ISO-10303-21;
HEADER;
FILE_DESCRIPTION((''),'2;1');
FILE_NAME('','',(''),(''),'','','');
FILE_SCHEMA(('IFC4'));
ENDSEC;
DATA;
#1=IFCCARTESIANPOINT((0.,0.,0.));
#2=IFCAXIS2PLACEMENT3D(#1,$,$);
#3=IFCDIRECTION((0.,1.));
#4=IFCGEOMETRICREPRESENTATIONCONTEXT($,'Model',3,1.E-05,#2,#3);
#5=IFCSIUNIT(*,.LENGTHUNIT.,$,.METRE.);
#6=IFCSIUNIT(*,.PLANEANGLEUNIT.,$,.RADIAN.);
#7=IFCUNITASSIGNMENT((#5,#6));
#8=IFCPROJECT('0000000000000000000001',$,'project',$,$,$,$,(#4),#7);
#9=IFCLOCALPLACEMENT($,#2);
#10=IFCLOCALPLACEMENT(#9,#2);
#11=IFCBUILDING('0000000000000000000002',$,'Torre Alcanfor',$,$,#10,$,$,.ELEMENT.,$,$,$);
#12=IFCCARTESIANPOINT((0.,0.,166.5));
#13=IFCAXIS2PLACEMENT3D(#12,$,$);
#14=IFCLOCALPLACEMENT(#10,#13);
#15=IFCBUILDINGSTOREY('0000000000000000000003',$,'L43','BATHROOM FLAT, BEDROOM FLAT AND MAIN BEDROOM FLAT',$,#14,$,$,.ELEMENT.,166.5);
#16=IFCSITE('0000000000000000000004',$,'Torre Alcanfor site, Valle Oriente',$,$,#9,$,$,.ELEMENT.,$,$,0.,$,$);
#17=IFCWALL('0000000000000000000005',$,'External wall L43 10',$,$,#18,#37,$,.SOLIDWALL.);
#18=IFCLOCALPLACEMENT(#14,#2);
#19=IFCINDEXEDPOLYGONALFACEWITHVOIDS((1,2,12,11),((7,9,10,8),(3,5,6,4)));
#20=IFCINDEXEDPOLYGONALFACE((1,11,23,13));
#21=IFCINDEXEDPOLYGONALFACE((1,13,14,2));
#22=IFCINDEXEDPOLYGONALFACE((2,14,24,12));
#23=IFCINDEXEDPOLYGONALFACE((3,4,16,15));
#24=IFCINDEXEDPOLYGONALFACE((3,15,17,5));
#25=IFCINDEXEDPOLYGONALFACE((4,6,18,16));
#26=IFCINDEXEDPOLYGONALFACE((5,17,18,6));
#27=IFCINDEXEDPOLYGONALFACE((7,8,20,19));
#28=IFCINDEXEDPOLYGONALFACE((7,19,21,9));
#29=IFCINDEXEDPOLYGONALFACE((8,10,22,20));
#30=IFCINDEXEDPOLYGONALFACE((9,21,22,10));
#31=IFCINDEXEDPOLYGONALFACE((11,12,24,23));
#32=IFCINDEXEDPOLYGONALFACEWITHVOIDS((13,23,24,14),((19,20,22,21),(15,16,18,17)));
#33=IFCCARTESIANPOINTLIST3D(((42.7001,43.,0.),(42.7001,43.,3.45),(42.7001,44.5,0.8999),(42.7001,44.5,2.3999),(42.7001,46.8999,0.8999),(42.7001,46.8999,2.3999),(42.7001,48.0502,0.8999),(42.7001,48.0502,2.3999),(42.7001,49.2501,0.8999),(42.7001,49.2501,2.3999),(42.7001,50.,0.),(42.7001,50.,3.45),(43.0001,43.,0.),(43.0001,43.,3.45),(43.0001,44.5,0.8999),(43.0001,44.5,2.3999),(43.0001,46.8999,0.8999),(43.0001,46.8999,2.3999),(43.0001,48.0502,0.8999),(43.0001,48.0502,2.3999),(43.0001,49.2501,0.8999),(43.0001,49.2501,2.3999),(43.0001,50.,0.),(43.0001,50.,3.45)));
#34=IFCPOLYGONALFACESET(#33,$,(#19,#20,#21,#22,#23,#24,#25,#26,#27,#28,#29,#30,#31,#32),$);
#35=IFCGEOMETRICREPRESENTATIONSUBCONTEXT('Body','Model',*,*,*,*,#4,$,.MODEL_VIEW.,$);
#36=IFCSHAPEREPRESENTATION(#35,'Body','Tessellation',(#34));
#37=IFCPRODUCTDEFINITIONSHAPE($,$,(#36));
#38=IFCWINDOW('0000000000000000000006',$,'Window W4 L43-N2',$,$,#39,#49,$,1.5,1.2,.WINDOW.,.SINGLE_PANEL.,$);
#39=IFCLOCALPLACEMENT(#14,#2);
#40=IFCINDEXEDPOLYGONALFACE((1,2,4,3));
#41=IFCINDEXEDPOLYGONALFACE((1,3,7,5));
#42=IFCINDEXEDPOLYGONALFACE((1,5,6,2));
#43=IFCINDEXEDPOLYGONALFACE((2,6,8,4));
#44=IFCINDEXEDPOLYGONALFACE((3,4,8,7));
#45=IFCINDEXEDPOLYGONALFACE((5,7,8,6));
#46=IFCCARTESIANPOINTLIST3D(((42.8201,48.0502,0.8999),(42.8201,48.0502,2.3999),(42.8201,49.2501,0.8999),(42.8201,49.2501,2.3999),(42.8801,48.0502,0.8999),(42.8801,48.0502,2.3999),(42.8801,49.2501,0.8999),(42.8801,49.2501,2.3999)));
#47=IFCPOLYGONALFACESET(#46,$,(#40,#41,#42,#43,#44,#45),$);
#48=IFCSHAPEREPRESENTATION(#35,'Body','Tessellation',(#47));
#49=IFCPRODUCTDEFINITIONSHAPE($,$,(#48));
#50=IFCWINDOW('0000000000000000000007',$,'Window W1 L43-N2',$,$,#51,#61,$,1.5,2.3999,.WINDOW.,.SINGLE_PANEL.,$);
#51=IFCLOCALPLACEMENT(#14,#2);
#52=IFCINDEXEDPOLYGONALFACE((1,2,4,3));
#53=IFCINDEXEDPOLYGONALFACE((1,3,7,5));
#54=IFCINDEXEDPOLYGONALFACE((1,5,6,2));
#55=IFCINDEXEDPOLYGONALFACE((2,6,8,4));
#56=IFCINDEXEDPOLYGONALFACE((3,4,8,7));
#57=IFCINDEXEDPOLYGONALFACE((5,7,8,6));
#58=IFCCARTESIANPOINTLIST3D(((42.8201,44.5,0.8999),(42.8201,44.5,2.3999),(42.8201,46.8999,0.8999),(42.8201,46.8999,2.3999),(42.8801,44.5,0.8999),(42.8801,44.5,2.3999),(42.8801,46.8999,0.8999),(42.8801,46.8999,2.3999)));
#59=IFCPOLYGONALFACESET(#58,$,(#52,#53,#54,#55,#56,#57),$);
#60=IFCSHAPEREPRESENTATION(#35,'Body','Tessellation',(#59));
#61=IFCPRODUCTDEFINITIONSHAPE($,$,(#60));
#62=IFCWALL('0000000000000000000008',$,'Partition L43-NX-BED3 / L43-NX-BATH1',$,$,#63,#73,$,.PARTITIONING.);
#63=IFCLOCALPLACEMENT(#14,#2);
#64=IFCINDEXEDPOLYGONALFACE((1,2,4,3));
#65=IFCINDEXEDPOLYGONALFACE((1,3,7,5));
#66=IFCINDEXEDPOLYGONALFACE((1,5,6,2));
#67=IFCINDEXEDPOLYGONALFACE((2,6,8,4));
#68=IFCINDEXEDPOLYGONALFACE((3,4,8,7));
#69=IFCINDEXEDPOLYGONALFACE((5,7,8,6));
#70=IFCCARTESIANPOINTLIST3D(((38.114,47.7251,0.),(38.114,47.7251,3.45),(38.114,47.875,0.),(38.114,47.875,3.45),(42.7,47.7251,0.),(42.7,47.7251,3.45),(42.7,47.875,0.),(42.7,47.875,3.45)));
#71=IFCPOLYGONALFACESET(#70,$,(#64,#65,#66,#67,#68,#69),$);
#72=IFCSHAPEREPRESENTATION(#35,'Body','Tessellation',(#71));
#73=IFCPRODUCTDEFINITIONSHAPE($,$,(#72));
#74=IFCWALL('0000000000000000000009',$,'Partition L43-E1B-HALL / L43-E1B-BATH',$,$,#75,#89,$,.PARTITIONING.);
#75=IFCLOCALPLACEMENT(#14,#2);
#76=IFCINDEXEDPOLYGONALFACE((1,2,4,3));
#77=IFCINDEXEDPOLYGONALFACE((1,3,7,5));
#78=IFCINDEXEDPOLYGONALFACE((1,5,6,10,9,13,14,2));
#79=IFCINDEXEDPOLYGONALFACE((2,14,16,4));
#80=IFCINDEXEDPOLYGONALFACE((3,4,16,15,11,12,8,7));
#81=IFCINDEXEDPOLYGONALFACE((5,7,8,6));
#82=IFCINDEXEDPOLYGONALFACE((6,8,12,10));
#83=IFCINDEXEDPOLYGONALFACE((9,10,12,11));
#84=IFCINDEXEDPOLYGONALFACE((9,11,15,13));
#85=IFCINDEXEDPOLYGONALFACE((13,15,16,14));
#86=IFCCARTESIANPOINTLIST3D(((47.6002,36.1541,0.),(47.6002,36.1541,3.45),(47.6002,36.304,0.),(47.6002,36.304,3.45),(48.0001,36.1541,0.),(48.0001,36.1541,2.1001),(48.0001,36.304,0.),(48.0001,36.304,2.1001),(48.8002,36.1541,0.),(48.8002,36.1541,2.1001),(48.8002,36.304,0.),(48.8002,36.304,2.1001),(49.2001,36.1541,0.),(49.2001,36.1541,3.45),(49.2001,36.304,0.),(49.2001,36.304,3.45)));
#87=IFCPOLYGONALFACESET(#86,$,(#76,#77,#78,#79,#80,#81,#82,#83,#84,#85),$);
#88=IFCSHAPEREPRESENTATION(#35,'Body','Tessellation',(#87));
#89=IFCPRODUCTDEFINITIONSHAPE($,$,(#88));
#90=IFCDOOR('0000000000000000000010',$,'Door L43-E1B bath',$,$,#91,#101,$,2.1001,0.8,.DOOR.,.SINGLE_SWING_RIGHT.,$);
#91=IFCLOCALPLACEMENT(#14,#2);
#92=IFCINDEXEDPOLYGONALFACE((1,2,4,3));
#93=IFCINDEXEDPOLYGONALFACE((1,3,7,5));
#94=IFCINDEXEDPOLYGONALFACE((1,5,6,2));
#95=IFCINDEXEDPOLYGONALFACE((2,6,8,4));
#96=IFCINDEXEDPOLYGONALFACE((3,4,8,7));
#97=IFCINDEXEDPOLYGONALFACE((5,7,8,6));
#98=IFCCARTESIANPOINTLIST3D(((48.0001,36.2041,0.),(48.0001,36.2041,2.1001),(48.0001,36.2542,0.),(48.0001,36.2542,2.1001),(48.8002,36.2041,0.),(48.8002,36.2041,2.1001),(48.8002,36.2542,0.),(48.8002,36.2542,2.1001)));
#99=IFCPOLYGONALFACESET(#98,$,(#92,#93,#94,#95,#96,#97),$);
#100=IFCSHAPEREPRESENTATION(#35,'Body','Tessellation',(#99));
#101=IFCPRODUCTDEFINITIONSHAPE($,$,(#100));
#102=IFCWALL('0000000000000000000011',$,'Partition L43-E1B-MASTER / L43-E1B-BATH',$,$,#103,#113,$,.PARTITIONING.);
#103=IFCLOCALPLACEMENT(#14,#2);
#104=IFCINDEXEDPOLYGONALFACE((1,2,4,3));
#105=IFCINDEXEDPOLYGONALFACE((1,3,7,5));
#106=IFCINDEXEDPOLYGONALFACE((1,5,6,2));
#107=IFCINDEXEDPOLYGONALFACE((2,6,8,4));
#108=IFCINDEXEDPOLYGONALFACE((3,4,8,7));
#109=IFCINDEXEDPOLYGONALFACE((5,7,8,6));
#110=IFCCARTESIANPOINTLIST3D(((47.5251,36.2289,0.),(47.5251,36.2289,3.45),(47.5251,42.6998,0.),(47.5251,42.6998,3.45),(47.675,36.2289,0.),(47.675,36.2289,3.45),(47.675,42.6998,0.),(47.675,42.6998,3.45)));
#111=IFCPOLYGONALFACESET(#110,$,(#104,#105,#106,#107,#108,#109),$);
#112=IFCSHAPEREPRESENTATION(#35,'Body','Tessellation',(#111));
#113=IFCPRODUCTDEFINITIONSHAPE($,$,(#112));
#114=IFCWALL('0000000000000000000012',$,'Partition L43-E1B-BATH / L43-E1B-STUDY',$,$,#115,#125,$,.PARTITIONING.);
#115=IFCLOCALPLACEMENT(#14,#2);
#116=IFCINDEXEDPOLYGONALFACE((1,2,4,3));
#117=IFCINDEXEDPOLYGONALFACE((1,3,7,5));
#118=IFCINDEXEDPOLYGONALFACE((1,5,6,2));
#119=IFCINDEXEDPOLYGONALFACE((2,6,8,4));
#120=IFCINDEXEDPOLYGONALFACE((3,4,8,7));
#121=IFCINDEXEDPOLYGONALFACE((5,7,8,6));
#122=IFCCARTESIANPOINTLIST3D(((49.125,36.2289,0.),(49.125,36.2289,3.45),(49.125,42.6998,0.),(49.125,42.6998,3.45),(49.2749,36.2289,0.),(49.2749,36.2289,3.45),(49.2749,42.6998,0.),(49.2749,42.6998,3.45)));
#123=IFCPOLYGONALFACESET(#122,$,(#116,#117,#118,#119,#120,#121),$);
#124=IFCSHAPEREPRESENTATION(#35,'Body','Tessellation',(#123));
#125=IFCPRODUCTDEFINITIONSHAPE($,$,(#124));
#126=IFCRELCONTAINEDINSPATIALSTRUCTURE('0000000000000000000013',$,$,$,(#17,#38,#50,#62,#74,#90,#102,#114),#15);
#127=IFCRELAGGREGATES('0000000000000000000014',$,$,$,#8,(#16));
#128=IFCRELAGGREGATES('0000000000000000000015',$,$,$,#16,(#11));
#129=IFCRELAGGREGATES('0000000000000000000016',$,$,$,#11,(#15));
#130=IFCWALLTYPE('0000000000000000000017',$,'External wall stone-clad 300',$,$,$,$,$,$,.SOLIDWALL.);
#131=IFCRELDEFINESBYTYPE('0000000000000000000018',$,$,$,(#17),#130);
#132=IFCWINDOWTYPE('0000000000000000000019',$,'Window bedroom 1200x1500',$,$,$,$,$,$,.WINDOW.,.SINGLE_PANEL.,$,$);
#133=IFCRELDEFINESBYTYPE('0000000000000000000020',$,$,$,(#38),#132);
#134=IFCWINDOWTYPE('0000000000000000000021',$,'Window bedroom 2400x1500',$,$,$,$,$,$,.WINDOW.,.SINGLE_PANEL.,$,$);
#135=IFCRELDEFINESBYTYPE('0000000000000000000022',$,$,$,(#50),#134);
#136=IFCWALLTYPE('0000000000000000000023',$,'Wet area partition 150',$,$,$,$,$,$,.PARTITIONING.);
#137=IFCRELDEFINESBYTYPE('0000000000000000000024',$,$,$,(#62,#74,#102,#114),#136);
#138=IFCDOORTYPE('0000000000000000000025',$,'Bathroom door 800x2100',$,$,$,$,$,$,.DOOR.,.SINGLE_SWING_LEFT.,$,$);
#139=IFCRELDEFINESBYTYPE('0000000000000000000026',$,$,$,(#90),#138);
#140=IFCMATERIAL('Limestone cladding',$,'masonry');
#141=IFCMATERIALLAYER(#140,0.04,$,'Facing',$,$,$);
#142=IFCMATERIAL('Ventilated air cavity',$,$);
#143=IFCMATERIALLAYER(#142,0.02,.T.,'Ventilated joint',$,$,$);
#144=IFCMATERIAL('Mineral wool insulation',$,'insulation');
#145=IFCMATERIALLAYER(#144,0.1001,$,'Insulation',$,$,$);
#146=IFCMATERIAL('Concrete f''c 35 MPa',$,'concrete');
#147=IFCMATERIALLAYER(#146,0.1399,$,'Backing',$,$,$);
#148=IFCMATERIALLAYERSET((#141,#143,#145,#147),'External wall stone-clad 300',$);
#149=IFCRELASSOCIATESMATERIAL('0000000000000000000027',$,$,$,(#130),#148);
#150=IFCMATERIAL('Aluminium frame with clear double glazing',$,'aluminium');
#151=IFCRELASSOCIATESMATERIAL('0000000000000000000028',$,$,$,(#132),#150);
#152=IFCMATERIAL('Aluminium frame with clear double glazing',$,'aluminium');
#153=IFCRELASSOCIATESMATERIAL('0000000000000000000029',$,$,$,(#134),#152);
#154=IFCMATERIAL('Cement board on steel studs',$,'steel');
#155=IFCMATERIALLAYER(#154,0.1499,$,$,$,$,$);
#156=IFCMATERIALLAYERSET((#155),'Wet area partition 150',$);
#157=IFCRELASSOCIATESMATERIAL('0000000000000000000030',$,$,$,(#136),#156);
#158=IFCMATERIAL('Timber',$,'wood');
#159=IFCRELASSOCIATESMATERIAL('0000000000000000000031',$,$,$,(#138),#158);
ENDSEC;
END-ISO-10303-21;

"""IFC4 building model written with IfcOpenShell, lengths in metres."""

from ifc_helpers import new_model, si_unit, direction, frame, frame_2d, origin, place, context, subcontext, project, spatial, rectangle, extrude, material, layer, layer_set, type_object, element, fill, save


model = new_model("IFC4")

# Units and contexts
model_context = context("Model", 3, precision=1e-05, world=origin(), true_north=direction((0.0, 1.0)))
body_context = subcontext(model_context, "Body", "Model", "MODEL_VIEW")
ifc_project = project(units=[si_unit("LENGTHUNIT", "METRE"), si_unit("PLANEANGLEUNIT", "RADIAN")], contexts=[model_context])

# Site, building, storey
site_placement = place(None, origin())
site = spatial("IfcSite", under=ifc_project, at=site_placement, Name="Torre Alcanfor site, Valle Oriente", CompositionType="ELEMENT", RefElevation=0.0)
building_placement = place(site_placement, origin())
building = spatial("IfcBuilding", under=site, at=building_placement, Name="Torre Alcanfor", CompositionType="ELEMENT")
storey_placement = place(building_placement, frame((0.0, 0.0, 166.5)))
storey = spatial("IfcBuildingStorey", under=building, at=storey_placement, Name="L43", Description="BATHROOM FLAT, BEDROOM FLAT AND MAIN BEDROOM FLAT", CompositionType="ELEMENT", Elevation=166.5)

# Wall, openings, windows
ifc_material_1 = material(Name="Limestone cladding", Category="masonry")
ifc_layer_1 = layer(ifc_material_1, 0.04, Name="Facing")
ifc_material_2 = material(Name="Ventilated air cavity")
ifc_layer_2 = layer(ifc_material_2, 0.02, ventilated=True, Name="Ventilated joint")
ifc_material_3 = material(Name="Mineral wool insulation", Category="insulation")
ifc_layer_3 = layer(ifc_material_3, 0.1001, Name="Insulation")
ifc_material_4 = material(Name="Concrete f'c 35 MPa", Category="concrete")
ifc_layer_4 = layer(ifc_material_4, 0.1399, Name="Backing")
ifc_layer_set_1 = layer_set([ifc_layer_1, ifc_layer_2, ifc_layer_3, ifc_layer_4], Name="External wall stone-clad 300")
wall_type_1 = type_object("IfcWallType", Name="External wall stone-clad 300", PredefinedType="SOLIDWALL", material=ifc_layer_set_1)
wall_1_placement = place(storey_placement, frame((42.8501, 43.0, 0.0), z_axis=(0.0, 0.0, 1.0), x_axis=(0.0, 1.0, 0.0)))
wall_1 = element("IfcWall", 1, at=wall_1_placement, inside=storey, type_object=wall_type_1, Name="External wall L43 10", PredefinedType="SOLIDWALL", context=body_context, shape_type="SweptSolid", body=[
    extrude(rectangle(XDim=7.0, YDim=0.3, at=frame_2d((3.5, 0.0))), origin(), (0.0, 0.0, 1.0), 3.45),
])
opening_1_placement = place(wall_1_placement, frame((1.5, 0.0, 0.8999)))
opening_1 = element("IfcOpeningElement", 2, at=opening_1_placement, cuts=wall_1, PredefinedType="OPENING", context=body_context, shape_type="SweptSolid", body=[
    extrude(rectangle(XDim=2.3999, YDim=1.5, at=frame_2d((1.2, 0.75))), frame((0.0, 0.1599, 0.0), z_axis=(0.0, -1.0, 0.0), x_axis=(1.0, 0.0, 0.0)), (0.0, 0.0, 1.0), 0.3201),
])
opening_2_placement = place(wall_1_placement, frame((5.05, 0.0, 0.8999)))
opening_2 = element("IfcOpeningElement", 3, at=opening_2_placement, cuts=wall_1, PredefinedType="OPENING", context=body_context, shape_type="SweptSolid", body=[
    extrude(rectangle(XDim=1.2, YDim=1.5, at=frame_2d((0.6001, 0.75))), frame((0.0, 0.1599, 0.0), z_axis=(0.0, -1.0, 0.0), x_axis=(1.0, 0.0, 0.0)), (0.0, 0.0, 1.0), 0.3201),
])
ifc_material_5 = material(Name="Aluminium frame with clear double glazing", Category="aluminium")
window_type_1 = type_object("IfcWindowType", Name="Window bedroom 1200x1500", PartitioningType="SINGLE_PANEL", PredefinedType="WINDOW", material=ifc_material_5)
window_1_placement = place(opening_2_placement, origin())
window_1 = element("IfcWindow", 4, at=window_1_placement, inside=storey, type_object=window_type_1, Name="Window W4 L43-N2", OverallHeight=1.5, OverallWidth=1.2, PartitioningType="SINGLE_PANEL", PredefinedType="WINDOW", context=body_context, shape_type="SweptSolid", body=[
    extrude(rectangle(XDim=1.2, YDim=1.5, at=frame_2d((0.6001, 0.75))), frame((0.0, 0.03, 0.0), z_axis=(0.0, -1.0, 0.0), x_axis=(1.0, 0.0, 0.0)), (0.0, 0.0, 1.0), 0.0601),
])
fill(opening_2, window_1)
ifc_material_6 = material(Name="Aluminium frame with clear double glazing", Category="aluminium")
window_type_2 = type_object("IfcWindowType", Name="Window bedroom 2400x1500", PartitioningType="SINGLE_PANEL", PredefinedType="WINDOW", material=ifc_material_6)
window_2_placement = place(opening_1_placement, origin())
window_2 = element("IfcWindow", 5, at=window_2_placement, inside=storey, type_object=window_type_2, Name="Window W1 L43-N2", OverallHeight=1.5, OverallWidth=2.3999, PartitioningType="SINGLE_PANEL", PredefinedType="WINDOW", context=body_context, shape_type="SweptSolid", body=[
    extrude(rectangle(XDim=2.3999, YDim=1.5, at=frame_2d((1.2, 0.75))), frame((0.0, 0.03, 0.0), z_axis=(0.0, -1.0, 0.0), x_axis=(1.0, 0.0, 0.0)), (0.0, 0.0, 1.0), 0.0601),
])
fill(opening_1, window_2)

# Wall
ifc_material_7 = material(Name="Cement board on steel studs", Category="steel")
ifc_layer_5 = layer(ifc_material_7, 0.1499)
ifc_layer_set_2 = layer_set([ifc_layer_5], Name="Wet area partition 150")
wall_type_2 = type_object("IfcWallType", Name="Wet area partition 150", PredefinedType="PARTITIONING", material=ifc_layer_set_2)
wall_2_placement = place(storey_placement, frame((42.7, 47.8, 0.0), z_axis=(0.0, 0.0, 1.0), x_axis=(-1.0, 0.0, 0.0)))
element("IfcWall", 6, at=wall_2_placement, inside=storey, type_object=wall_type_2, Name="Partition L43-NX-BED3 / L43-NX-BATH1", PredefinedType="PARTITIONING", context=body_context, shape_type="SweptSolid", body=[
    extrude(rectangle(XDim=4.5859, YDim=0.1499, at=frame_2d((2.293, 0.0))), origin(), (0.0, 0.0, 1.0), 3.45),
])

# Wall, opening, door
wall_3_placement = place(storey_placement, frame((49.2, 36.229, 0.0), z_axis=(0.0, 0.0, 1.0), x_axis=(-1.0, 0.0, 0.0)))
wall_3 = element("IfcWall", 7, at=wall_3_placement, inside=storey, type_object=wall_type_2, Name="Partition L43-E1B-HALL / L43-E1B-BATH", PredefinedType="PARTITIONING", context=body_context, shape_type="SweptSolid", body=[
    extrude(rectangle(XDim=1.5999, YDim=0.1499, at=frame_2d((0.7998, 0.0))), origin(), (0.0, 0.0, 1.0), 3.45),
])
opening_3_placement = place(wall_3_placement, frame((0.3999, 0.0, 0.0)))
opening_3 = element("IfcOpeningElement", 8, at=opening_3_placement, cuts=wall_3, PredefinedType="OPENING", context=body_context, shape_type="SweptSolid", body=[
    extrude(rectangle(XDim=0.8, YDim=2.1001, at=frame_2d((0.3999, 1.05))), frame((0.0, 0.085, 0.0), z_axis=(0.0, -1.0, 0.0), x_axis=(1.0, 0.0, 0.0)), (0.0, 0.0, 1.0), 0.1699),
])
ifc_material_8 = material(Name="Timber", Category="wood")
door_type_1 = type_object("IfcDoorType", Name="Bathroom door 800x2100", OperationType="SINGLE_SWING_LEFT", PredefinedType="DOOR", material=ifc_material_8)
door_1_placement = place(opening_3_placement, frame((0.8, 0.0, 0.0), z_axis=(0.0, 0.0, 1.0), x_axis=(-1.0, 0.0, 0.0)))
door_1 = element("IfcDoor", 9, at=door_1_placement, inside=storey, type_object=door_type_1, Name="Door L43-E1B bath", OperationType="SINGLE_SWING_RIGHT", OverallHeight=2.1001, OverallWidth=0.8, PredefinedType="DOOR", context=body_context, shape_type="SweptSolid", body=[
    extrude(rectangle(XDim=0.8, YDim=2.1001, at=frame_2d((0.4001, 1.05))), frame((0.0, 0.0251, 0.0), z_axis=(0.0, -1.0, 0.0), x_axis=(1.0, 0.0, 0.0)), (0.0, 0.0, 1.0), 0.05),
])
fill(opening_3, door_1)

# Walls
for number, where, z_axis, x_axis, name in (
    (10, (47.6001, 36.229, 0.0), (0.0, 0.0, 1.0), (0.0, 1.0, 0.0), "Partition L43-E1B-MASTER / L43-E1B-BATH"),
    (11, (49.2, 36.229, 0.0), (0.0, 0.0, 1.0), (0.0, 1.0, 0.0), "Partition L43-E1B-BATH / L43-E1B-STUDY"),
):
    element("IfcWall", number, at=place(storey_placement, frame(where, z_axis=z_axis, x_axis=x_axis)), inside=storey, type_object=wall_type_2, Name=name, PredefinedType="PARTITIONING", context=body_context, shape_type="SweptSolid", body=[
        extrude(rectangle(XDim=6.4709, YDim=0.1499, at=frame_2d((3.2354, 0.0))), origin(), (0.0, 0.0, 1.0), 3.45),
    ])

save(model, "model.ifc")
